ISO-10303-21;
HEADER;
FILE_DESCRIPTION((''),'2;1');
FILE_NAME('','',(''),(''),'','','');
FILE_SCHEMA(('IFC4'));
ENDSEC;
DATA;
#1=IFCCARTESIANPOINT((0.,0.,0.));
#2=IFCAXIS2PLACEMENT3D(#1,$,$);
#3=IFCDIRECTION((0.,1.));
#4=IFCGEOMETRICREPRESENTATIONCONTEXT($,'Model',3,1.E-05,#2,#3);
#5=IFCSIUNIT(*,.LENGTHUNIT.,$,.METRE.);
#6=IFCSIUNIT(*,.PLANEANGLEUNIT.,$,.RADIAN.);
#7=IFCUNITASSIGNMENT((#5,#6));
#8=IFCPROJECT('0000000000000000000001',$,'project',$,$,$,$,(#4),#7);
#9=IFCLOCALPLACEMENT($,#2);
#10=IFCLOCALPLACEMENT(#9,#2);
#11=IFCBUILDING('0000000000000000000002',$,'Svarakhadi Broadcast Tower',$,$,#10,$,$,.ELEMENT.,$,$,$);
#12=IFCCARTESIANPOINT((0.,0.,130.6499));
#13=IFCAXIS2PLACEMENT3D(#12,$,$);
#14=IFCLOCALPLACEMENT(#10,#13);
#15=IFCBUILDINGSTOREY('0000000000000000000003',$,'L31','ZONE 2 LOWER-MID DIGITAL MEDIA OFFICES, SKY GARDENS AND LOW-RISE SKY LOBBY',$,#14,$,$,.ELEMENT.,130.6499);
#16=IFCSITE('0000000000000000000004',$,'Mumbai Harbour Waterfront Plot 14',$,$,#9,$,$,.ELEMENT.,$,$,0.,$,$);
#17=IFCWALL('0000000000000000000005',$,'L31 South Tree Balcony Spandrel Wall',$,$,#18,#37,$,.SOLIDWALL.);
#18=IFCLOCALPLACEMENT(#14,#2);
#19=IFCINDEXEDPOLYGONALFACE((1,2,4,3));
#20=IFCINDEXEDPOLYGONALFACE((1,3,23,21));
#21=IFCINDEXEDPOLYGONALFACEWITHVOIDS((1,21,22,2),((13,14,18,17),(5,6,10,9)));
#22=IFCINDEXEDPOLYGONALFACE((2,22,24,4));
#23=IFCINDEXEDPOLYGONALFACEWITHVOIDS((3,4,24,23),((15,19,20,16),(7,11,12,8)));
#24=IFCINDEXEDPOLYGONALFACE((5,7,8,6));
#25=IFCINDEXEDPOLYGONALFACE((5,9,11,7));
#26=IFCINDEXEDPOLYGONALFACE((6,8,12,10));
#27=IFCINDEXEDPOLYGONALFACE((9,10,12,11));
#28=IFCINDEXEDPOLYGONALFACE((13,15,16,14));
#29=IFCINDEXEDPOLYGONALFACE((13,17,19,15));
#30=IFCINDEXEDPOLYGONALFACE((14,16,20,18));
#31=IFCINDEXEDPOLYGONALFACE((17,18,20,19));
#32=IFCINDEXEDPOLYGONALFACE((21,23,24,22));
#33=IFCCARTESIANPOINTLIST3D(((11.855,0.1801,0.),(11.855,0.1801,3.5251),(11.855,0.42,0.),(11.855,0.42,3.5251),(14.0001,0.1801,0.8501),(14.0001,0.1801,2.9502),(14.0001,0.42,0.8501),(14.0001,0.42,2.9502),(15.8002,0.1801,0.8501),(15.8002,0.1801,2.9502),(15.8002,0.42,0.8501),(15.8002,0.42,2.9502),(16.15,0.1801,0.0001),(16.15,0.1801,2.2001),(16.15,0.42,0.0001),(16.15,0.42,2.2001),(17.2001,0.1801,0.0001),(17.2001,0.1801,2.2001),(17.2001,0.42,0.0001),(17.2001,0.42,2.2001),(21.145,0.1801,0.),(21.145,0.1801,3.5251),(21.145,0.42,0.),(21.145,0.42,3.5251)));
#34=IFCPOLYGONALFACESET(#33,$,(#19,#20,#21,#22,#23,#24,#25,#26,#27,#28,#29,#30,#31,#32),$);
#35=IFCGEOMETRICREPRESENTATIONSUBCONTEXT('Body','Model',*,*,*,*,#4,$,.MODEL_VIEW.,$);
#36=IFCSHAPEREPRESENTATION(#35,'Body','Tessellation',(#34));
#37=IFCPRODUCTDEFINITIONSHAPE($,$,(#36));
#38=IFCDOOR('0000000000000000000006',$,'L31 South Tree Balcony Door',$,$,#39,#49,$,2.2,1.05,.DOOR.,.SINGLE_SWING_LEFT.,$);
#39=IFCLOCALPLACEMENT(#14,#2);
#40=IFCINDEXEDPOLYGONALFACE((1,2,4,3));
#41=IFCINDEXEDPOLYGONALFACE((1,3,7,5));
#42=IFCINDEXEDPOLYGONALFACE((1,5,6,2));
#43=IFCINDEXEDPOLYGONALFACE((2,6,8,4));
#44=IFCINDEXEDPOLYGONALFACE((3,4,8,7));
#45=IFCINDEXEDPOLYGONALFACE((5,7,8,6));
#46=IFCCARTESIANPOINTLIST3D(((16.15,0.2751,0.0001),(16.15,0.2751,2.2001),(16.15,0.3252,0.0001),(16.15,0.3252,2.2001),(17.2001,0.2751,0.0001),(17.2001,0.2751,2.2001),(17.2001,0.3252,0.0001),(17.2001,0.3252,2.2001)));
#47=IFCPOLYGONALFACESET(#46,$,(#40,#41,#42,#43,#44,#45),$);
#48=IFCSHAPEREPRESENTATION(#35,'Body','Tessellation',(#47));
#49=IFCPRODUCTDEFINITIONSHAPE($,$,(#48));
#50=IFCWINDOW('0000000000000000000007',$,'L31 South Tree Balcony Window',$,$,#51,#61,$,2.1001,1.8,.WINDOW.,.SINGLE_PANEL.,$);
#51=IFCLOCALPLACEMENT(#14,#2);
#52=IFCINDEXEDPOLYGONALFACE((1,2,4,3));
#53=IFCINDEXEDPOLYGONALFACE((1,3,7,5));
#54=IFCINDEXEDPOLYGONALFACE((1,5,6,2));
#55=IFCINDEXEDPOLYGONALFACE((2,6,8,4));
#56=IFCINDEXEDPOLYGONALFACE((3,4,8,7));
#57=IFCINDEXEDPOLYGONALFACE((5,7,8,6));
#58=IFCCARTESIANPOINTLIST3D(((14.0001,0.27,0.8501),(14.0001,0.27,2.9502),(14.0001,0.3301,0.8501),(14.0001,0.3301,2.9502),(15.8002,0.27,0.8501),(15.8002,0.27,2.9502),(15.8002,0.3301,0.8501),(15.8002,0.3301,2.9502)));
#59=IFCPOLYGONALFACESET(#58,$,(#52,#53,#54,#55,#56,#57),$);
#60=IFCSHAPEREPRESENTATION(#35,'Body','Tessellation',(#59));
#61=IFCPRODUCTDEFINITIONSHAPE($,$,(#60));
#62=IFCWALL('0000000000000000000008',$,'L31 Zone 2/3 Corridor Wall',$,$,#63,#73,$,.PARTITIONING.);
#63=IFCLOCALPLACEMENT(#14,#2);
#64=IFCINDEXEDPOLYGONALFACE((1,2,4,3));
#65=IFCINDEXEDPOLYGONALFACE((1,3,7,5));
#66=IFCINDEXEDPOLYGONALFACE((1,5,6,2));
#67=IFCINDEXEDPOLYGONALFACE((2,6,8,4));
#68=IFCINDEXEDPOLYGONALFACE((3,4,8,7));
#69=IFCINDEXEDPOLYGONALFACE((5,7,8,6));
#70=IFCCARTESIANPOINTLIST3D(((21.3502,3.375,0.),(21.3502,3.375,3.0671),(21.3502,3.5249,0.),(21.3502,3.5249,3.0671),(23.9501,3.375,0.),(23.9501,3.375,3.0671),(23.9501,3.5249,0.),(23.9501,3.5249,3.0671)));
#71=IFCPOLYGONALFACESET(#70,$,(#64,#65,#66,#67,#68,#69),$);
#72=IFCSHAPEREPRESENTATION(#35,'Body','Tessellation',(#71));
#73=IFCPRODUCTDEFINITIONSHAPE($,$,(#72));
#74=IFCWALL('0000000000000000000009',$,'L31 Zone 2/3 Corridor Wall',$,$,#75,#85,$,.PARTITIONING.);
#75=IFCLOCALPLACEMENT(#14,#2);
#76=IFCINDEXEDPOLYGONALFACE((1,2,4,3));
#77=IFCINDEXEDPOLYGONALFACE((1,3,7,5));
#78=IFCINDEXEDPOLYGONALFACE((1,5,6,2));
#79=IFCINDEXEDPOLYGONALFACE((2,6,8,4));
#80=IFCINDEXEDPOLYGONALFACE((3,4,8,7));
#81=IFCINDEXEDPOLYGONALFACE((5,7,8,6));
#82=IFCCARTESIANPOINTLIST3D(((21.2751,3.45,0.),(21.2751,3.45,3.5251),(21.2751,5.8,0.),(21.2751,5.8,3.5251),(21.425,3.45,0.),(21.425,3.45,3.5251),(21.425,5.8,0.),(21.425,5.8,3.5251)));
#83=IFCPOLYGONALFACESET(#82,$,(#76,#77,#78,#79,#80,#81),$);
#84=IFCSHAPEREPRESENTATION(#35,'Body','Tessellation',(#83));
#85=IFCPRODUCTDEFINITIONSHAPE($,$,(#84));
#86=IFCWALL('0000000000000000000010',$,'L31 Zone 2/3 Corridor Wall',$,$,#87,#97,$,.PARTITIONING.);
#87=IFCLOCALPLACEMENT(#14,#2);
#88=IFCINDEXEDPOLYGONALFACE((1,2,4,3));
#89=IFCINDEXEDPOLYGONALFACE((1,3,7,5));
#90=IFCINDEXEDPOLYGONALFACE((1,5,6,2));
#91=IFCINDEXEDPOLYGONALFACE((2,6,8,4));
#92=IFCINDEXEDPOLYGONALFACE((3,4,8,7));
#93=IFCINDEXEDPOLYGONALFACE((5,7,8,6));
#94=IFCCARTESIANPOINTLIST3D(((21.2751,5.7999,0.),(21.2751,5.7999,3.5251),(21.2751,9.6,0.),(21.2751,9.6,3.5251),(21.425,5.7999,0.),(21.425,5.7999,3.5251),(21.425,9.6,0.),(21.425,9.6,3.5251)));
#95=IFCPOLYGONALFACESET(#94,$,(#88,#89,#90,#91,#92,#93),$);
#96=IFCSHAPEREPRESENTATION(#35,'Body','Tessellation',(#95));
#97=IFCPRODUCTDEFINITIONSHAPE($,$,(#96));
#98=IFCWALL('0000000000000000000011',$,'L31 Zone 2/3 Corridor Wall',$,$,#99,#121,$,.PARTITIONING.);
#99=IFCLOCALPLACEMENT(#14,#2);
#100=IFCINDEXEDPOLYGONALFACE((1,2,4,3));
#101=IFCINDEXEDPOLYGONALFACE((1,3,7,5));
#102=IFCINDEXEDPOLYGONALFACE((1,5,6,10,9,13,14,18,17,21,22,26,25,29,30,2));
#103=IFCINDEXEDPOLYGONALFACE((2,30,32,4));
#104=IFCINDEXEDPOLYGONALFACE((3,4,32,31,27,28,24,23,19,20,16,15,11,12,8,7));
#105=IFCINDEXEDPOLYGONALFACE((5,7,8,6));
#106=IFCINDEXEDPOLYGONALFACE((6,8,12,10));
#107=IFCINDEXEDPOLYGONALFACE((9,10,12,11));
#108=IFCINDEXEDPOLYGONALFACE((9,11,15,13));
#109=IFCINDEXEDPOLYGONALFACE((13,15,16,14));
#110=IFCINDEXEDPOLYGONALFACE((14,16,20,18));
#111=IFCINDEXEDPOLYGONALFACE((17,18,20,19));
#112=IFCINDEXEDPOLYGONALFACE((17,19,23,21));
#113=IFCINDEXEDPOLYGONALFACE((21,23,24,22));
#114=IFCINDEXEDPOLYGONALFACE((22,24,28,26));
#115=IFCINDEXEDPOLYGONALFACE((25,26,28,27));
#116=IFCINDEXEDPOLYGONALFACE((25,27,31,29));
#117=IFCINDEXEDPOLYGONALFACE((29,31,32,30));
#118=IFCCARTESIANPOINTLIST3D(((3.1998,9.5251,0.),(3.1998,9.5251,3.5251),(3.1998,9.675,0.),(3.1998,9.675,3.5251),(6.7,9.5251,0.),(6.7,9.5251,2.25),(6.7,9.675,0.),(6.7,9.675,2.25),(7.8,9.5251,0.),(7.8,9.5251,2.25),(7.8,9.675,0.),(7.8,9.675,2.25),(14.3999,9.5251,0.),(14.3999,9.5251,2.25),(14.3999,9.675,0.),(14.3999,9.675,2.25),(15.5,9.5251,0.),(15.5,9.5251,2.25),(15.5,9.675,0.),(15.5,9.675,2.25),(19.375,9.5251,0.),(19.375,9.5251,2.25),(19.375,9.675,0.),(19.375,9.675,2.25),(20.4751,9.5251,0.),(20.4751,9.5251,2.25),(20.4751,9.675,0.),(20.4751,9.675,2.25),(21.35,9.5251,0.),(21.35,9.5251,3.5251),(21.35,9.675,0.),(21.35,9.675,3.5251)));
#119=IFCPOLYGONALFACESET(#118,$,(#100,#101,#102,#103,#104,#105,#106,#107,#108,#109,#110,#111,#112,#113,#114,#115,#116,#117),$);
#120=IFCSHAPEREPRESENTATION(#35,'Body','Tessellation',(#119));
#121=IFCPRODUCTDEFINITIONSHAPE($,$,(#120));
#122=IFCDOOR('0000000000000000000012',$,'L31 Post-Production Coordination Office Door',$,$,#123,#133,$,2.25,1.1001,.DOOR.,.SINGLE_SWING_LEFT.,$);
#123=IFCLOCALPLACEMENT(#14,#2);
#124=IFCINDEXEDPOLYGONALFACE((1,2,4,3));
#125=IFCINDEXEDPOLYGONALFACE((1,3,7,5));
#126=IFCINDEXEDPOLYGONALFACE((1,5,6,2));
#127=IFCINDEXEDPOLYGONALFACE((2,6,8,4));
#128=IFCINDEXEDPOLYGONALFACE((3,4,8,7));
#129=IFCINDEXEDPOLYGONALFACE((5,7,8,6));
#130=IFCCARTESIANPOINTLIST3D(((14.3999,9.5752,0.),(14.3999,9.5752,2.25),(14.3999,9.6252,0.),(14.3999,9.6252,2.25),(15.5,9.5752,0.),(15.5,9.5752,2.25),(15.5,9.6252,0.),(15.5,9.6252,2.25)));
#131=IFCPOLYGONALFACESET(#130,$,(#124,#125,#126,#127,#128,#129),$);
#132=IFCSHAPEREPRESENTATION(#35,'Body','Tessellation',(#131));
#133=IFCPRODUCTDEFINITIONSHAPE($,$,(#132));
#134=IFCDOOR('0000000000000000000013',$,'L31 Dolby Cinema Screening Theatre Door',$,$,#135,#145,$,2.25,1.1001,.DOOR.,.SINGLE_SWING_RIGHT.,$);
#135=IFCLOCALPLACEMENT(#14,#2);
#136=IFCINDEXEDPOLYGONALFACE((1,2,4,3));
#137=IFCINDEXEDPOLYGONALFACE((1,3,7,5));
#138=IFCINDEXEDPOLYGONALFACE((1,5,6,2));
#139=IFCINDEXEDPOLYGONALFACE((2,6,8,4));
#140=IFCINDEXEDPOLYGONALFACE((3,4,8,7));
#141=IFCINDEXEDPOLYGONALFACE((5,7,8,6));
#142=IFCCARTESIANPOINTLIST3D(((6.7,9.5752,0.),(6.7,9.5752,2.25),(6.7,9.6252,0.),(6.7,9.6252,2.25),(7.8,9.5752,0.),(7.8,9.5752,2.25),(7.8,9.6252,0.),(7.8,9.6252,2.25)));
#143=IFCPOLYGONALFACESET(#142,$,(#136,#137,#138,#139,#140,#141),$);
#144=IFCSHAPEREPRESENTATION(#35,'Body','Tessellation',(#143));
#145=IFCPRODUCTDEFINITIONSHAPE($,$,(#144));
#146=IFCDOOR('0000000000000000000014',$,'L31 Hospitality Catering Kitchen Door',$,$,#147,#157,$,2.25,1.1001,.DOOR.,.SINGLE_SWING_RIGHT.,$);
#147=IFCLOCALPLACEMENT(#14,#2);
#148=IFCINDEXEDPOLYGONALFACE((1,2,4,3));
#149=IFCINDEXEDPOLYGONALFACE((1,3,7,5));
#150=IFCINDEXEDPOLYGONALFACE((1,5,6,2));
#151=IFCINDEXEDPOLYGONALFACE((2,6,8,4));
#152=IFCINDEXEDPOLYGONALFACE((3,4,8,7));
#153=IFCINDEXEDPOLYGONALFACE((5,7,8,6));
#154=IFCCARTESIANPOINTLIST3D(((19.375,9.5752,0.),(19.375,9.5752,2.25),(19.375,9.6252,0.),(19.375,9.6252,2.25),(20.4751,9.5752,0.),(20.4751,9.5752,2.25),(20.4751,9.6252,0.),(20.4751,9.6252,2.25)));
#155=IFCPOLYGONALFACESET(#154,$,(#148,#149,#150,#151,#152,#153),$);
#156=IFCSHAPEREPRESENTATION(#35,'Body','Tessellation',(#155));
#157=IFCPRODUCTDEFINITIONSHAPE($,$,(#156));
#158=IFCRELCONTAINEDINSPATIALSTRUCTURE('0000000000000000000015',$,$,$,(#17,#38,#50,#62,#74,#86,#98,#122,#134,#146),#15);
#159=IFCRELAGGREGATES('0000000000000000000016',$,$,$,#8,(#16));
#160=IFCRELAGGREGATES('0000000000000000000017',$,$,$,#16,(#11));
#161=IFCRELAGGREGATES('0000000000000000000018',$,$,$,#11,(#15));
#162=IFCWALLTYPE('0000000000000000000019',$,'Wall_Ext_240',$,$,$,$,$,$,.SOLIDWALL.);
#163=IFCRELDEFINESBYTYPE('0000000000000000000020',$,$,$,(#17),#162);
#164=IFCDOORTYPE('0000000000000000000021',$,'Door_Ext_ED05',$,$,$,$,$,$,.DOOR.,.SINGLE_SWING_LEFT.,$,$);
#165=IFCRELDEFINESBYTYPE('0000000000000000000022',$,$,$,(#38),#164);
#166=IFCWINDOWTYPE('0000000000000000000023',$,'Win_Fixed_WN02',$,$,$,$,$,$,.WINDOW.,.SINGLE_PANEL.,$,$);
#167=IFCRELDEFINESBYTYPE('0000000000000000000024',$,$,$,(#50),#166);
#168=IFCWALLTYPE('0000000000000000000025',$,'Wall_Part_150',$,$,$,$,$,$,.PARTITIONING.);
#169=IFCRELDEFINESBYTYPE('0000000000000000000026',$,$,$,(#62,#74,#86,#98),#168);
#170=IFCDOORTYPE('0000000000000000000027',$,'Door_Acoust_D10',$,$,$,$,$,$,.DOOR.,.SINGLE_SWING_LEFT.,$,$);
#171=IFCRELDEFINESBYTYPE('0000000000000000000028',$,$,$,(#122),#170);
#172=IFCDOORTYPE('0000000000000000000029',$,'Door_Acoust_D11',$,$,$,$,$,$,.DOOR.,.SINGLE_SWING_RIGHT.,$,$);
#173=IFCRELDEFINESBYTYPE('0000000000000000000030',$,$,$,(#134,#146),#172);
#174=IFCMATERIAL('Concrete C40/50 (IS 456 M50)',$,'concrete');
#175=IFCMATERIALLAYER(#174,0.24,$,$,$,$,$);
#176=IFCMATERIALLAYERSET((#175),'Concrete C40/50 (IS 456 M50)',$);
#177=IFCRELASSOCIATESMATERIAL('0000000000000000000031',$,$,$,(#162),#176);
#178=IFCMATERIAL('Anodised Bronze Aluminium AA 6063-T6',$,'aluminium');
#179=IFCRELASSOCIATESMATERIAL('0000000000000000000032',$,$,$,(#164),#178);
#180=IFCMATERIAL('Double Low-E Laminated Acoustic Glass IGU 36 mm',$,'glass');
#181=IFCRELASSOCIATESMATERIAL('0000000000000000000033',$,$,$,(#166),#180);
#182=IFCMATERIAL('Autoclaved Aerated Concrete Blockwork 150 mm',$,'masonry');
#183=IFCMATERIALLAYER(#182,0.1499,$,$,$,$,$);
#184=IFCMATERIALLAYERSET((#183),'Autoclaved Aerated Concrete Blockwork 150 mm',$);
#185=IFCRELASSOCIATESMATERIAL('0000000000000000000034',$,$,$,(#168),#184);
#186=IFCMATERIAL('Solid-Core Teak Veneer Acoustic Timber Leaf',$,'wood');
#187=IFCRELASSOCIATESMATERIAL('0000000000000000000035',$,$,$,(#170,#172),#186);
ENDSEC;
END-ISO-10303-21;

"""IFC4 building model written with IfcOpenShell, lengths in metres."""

from ifc_helpers import new_model, si_unit, direction, frame, frame_2d, origin, place, context, subcontext, project, spatial, rectangle, extrude, material, layer, layer_set, type_object, element, fill, save


model = new_model("IFC4")

# Units and contexts
model_context = context("Model", 3, precision=1e-05, world=origin(), true_north=direction((0.0, 1.0)))
body_context = subcontext(model_context, "Body", "Model", "MODEL_VIEW")
ifc_project = project(units=[si_unit("LENGTHUNIT", "METRE"), si_unit("PLANEANGLEUNIT", "RADIAN")], contexts=[model_context])

# Site, building, storey
site_placement = place(None, origin())
site = spatial("IfcSite", under=ifc_project, at=site_placement, Name="Mumbai Harbour Waterfront Plot 14", CompositionType="ELEMENT", RefElevation=0.0)
building_placement = place(site_placement, origin())
building = spatial("IfcBuilding", under=site, at=building_placement, Name="Svarakhadi Broadcast Tower", CompositionType="ELEMENT")
storey_placement = place(building_placement, frame((0.0, 0.0, 130.6499)))
storey = spatial("IfcBuildingStorey", under=building, at=storey_placement, Name="L31", Description="ZONE 2 LOWER-MID DIGITAL MEDIA OFFICES, SKY GARDENS AND LOW-RISE SKY LOBBY", CompositionType="ELEMENT", Elevation=130.6499)

# Shared definitions
ifc_material_1 = material(Name="Anodised Bronze Aluminium AA 6063-T6", Category="aluminium")

# Shared definitions
ifc_material_2 = material(Name="Double Low-E Laminated Acoustic Glass IGU 36 mm", Category="glass")

# Wall, openings, door, window
ifc_material_3 = material(Name="Concrete C40/50 (IS 456 M50)", Category="concrete")
ifc_layer_1 = layer(ifc_material_3, 0.24)
ifc_layer_set_1 = layer_set([ifc_layer_1], Name="Concrete C40/50 (IS 456 M50)")
wall_type_1 = type_object("IfcWallType", Name="Wall_Ext_240", PredefinedType="SOLIDWALL", material=ifc_layer_set_1)
wall_1_placement = place(storey_placement, frame((21.145, 0.3, 0.0), z_axis=(0.0, 0.0, 1.0), x_axis=(-1.0, 0.0, 0.0)))
wall_1 = element("IfcWall", 1, at=wall_1_placement, inside=storey, type_object=wall_type_1, Name="L31 South Tree Balcony Spandrel Wall", PredefinedType="SOLIDWALL", context=body_context, shape_type="SweptSolid", body=[
    extrude(rectangle(XDim=9.29, YDim=0.24, at=frame_2d((4.645, 0.0))), origin(), (0.0, 0.0, 1.0), 3.5251),
])
opening_1_placement = place(wall_1_placement, frame((3.9451, 0.0, 0.0)))
opening_1 = element("IfcOpeningElement", 2, at=opening_1_placement, cuts=wall_1, PredefinedType="OPENING", context=body_context, shape_type="SweptSolid", body=[
    extrude(rectangle(XDim=1.05, YDim=2.2, at=frame_2d((0.5249, 1.1001))), frame((0.0, 0.1299, 0.0), z_axis=(0.0, -1.0, 0.0), x_axis=(1.0, 0.0, 0.0)), (0.0, 0.0, 1.0), 0.26),
])
opening_2_placement = place(wall_1_placement, frame((5.345, 0.0, 0.8501)))
opening_2 = element("IfcOpeningElement", 3, at=opening_2_placement, cuts=wall_1, PredefinedType="OPENING", context=body_context, shape_type="SweptSolid", body=[
    extrude(rectangle(XDim=1.8, YDim=2.1001, at=frame_2d((0.8999, 1.05))), frame((0.0, 0.1299, 0.0), z_axis=(0.0, -1.0, 0.0), x_axis=(1.0, 0.0, 0.0)), (0.0, 0.0, 1.0), 0.26),
])
door_type_1 = type_object("IfcDoorType", Name="Door_Ext_ED05", OperationType="SINGLE_SWING_LEFT", PredefinedType="DOOR", material=ifc_material_1)
door_1_placement = place(opening_1_placement, origin())
door_1 = element("IfcDoor", 4, at=door_1_placement, inside=storey, type_object=door_type_1, Name="L31 South Tree Balcony Door", OperationType="SINGLE_SWING_LEFT", OverallHeight=2.2, OverallWidth=1.05, PredefinedType="DOOR", context=body_context, shape_type="SweptSolid", body=[
    extrude(rectangle(XDim=1.05, YDim=2.2, at=frame_2d((0.5249, 1.1001))), frame((0.0, 0.0249, 0.0), z_axis=(0.0, -1.0, 0.0), x_axis=(1.0, 0.0, 0.0)), (0.0, 0.0, 1.0), 0.05),
])
fill(opening_1, door_1)
window_type = type_object("IfcWindowType", Name="Win_Fixed_WN02", PartitioningType="SINGLE_PANEL", PredefinedType="WINDOW", material=ifc_material_2)
window_placement = place(opening_2_placement, origin())
window = element("IfcWindow", 5, at=window_placement, inside=storey, type_object=window_type, Name="L31 South Tree Balcony Window", OverallHeight=2.1001, OverallWidth=1.8, PartitioningType="SINGLE_PANEL", PredefinedType="WINDOW", context=body_context, shape_type="SweptSolid", body=[
    extrude(rectangle(XDim=1.8, YDim=2.1001, at=frame_2d((0.8999, 1.05))), frame((0.0, 0.03, 0.0), z_axis=(0.0, -1.0, 0.0), x_axis=(1.0, 0.0, 0.0)), (0.0, 0.0, 1.0), 0.0601),
])
fill(opening_2, window)

# Walls
ifc_material_4 = material(Name="Autoclaved Aerated Concrete Blockwork 150 mm", Category="masonry")
ifc_layer_2 = layer(ifc_material_4, 0.1499)
ifc_layer_set_2 = layer_set([ifc_layer_2], Name="Autoclaved Aerated Concrete Blockwork 150 mm")
wall_type_2 = type_object("IfcWallType", Name="Wall_Part_150", PredefinedType="PARTITIONING", material=ifc_layer_set_2)
wall_2_placement = place(storey_placement, frame((23.95, 3.45, 0.0), z_axis=(0.0, 0.0, 1.0), x_axis=(-1.0, 0.0, 0.0)))
element("IfcWall", 6, at=wall_2_placement, inside=storey, type_object=wall_type_2, Name="L31 Zone 2/3 Corridor Wall", PredefinedType="PARTITIONING", context=body_context, shape_type="SweptSolid", body=[
    extrude(rectangle(XDim=2.5999, YDim=0.1499, at=frame_2d((1.2998, 0.0))), origin(), (0.0, 0.0, 1.0), 3.0671),
])
wall_3_placement = place(storey_placement, frame((21.3501, 3.45, 0.0), z_axis=(0.0, 0.0, 1.0), x_axis=(0.0, 1.0, 0.0)))
element("IfcWall", 7, at=wall_3_placement, inside=storey, type_object=wall_type_2, Name="L31 Zone 2/3 Corridor Wall", PredefinedType="PARTITIONING", context=body_context, shape_type="SweptSolid", body=[
    extrude(rectangle(XDim=2.3501, YDim=0.1499, at=frame_2d((1.175, 0.0))), origin(), (0.0, 0.0, 1.0), 3.5251),
])
wall_4_placement = place(storey_placement, frame((21.3501, 5.8, 0.0), z_axis=(0.0, 0.0, 1.0), x_axis=(0.0, 1.0, 0.0)))
element("IfcWall", 8, at=wall_4_placement, inside=storey, type_object=wall_type_2, Name="L31 Zone 2/3 Corridor Wall", PredefinedType="PARTITIONING", context=body_context, shape_type="SweptSolid", body=[
    extrude(rectangle(XDim=3.8, YDim=0.1499, at=frame_2d((1.8999, 0.0))), origin(), (0.0, 0.0, 1.0), 3.5251),
])

# Wall, openings, doors
wall_5_placement = place(storey_placement, frame((21.3501, 9.6001, 0.0), z_axis=(0.0, 0.0, 1.0), x_axis=(-1.0, 0.0, 0.0)))
wall_5 = element("IfcWall", 9, at=wall_5_placement, inside=storey, type_object=wall_type_2, Name="L31 Zone 2/3 Corridor Wall", PredefinedType="PARTITIONING", context=body_context, shape_type="SweptSolid", body=[
    extrude(rectangle(XDim=18.1501, YDim=0.1499, at=frame_2d((9.0752, 0.0))), origin(), (0.0, 0.0, 1.0), 3.5251),
])
opening_3_placement = place(wall_5_placement, frame((13.55, 0.0, 0.0)))
opening_3 = element("IfcOpeningElement", 10, at=opening_3_placement, cuts=wall_5, PredefinedType="OPENING", context=body_context, shape_type="SweptSolid", body=[
    extrude(rectangle(XDim=1.1001, YDim=2.25, at=frame_2d((0.55, 1.125))), frame((0.0, 0.085, 0.0), z_axis=(0.0, -1.0, 0.0), x_axis=(1.0, 0.0, 0.0)), (0.0, 0.0, 1.0), 0.1699),
])
opening_4_placement = place(wall_5_placement, frame((5.8501, 0.0, 0.0)))
opening_4 = element("IfcOpeningElement", 11, at=opening_4_placement, cuts=wall_5, PredefinedType="OPENING", context=body_context, shape_type="SweptSolid", body=[
    extrude(rectangle(XDim=1.1001, YDim=2.25, at=frame_2d((0.55, 1.125))), frame((0.0, 0.085, 0.0), z_axis=(0.0, -1.0, 0.0), x_axis=(1.0, 0.0, 0.0)), (0.0, 0.0, 1.0), 0.1699),
])
opening_5_placement = place(wall_5_placement, frame((0.875, 0.0, 0.0)))
opening_5 = element("IfcOpeningElement", 12, at=opening_5_placement, cuts=wall_5, PredefinedType="OPENING", context=body_context, shape_type="SweptSolid", body=[
    extrude(rectangle(XDim=1.1001, YDim=2.25, at=frame_2d((0.55, 1.125))), frame((0.0, 0.085, 0.0), z_axis=(0.0, -1.0, 0.0), x_axis=(1.0, 0.0, 0.0)), (0.0, 0.0, 1.0), 0.1699),
])
ifc_material_5 = material(Name="Solid-Core Teak Veneer Acoustic Timber Leaf", Category="wood")
door_type_2 = type_object("IfcDoorType", Name="Door_Acoust_D10", OperationType="SINGLE_SWING_LEFT", PredefinedType="DOOR", material=ifc_material_5)
door_2_placement = place(opening_4_placement, origin())
door_2 = element("IfcDoor", 13, at=door_2_placement, inside=storey, type_object=door_type_2, Name="L31 Post-Production Coordination Office Door", OperationType="SINGLE_SWING_LEFT", OverallHeight=2.25, OverallWidth=1.1001, PredefinedType="DOOR", context=body_context, shape_type="SweptSolid", body=[
    extrude(rectangle(XDim=1.1001, YDim=2.25, at=frame_2d((0.55, 1.125))), frame((0.0, 0.0249, 0.0), z_axis=(0.0, -1.0, 0.0), x_axis=(1.0, 0.0, 0.0)), (0.0, 0.0, 1.0), 0.05),
])
fill(opening_4, door_2)
door_type_3 = type_object("IfcDoorType", Name="Door_Acoust_D11", OperationType="SINGLE_SWING_RIGHT", PredefinedType="DOOR", material=ifc_material_5)
door_3_placement = place(opening_3_placement, origin())
door_3 = element("IfcDoor", 14, at=door_3_placement, inside=storey, type_object=door_type_3, Name="L31 Dolby Cinema Screening Theatre Door", OperationType="SINGLE_SWING_RIGHT", OverallHeight=2.25, OverallWidth=1.1001, PredefinedType="DOOR", context=body_context, shape_type="SweptSolid", body=[
    extrude(rectangle(XDim=1.1001, YDim=2.25, at=frame_2d((0.55, 1.125))), frame((0.0, 0.0249, 0.0), z_axis=(0.0, -1.0, 0.0), x_axis=(1.0, 0.0, 0.0)), (0.0, 0.0, 1.0), 0.05),
])
fill(opening_3, door_3)
door_4_placement = place(opening_5_placement, origin())
door_4 = element("IfcDoor", 15, at=door_4_placement, inside=storey, type_object=door_type_3, Name="L31 Hospitality Catering Kitchen Door", OperationType="SINGLE_SWING_RIGHT", OverallHeight=2.25, OverallWidth=1.1001, PredefinedType="DOOR", context=body_context, shape_type="SweptSolid", body=[
    extrude(rectangle(XDim=1.1001, YDim=2.25, at=frame_2d((0.55, 1.125))), frame((0.0, 0.0249, 0.0), z_axis=(0.0, -1.0, 0.0), x_axis=(1.0, 0.0, 0.0)), (0.0, 0.0, 1.0), 0.05),
])
fill(opening_5, door_4)

save(model, "model.ifc")
